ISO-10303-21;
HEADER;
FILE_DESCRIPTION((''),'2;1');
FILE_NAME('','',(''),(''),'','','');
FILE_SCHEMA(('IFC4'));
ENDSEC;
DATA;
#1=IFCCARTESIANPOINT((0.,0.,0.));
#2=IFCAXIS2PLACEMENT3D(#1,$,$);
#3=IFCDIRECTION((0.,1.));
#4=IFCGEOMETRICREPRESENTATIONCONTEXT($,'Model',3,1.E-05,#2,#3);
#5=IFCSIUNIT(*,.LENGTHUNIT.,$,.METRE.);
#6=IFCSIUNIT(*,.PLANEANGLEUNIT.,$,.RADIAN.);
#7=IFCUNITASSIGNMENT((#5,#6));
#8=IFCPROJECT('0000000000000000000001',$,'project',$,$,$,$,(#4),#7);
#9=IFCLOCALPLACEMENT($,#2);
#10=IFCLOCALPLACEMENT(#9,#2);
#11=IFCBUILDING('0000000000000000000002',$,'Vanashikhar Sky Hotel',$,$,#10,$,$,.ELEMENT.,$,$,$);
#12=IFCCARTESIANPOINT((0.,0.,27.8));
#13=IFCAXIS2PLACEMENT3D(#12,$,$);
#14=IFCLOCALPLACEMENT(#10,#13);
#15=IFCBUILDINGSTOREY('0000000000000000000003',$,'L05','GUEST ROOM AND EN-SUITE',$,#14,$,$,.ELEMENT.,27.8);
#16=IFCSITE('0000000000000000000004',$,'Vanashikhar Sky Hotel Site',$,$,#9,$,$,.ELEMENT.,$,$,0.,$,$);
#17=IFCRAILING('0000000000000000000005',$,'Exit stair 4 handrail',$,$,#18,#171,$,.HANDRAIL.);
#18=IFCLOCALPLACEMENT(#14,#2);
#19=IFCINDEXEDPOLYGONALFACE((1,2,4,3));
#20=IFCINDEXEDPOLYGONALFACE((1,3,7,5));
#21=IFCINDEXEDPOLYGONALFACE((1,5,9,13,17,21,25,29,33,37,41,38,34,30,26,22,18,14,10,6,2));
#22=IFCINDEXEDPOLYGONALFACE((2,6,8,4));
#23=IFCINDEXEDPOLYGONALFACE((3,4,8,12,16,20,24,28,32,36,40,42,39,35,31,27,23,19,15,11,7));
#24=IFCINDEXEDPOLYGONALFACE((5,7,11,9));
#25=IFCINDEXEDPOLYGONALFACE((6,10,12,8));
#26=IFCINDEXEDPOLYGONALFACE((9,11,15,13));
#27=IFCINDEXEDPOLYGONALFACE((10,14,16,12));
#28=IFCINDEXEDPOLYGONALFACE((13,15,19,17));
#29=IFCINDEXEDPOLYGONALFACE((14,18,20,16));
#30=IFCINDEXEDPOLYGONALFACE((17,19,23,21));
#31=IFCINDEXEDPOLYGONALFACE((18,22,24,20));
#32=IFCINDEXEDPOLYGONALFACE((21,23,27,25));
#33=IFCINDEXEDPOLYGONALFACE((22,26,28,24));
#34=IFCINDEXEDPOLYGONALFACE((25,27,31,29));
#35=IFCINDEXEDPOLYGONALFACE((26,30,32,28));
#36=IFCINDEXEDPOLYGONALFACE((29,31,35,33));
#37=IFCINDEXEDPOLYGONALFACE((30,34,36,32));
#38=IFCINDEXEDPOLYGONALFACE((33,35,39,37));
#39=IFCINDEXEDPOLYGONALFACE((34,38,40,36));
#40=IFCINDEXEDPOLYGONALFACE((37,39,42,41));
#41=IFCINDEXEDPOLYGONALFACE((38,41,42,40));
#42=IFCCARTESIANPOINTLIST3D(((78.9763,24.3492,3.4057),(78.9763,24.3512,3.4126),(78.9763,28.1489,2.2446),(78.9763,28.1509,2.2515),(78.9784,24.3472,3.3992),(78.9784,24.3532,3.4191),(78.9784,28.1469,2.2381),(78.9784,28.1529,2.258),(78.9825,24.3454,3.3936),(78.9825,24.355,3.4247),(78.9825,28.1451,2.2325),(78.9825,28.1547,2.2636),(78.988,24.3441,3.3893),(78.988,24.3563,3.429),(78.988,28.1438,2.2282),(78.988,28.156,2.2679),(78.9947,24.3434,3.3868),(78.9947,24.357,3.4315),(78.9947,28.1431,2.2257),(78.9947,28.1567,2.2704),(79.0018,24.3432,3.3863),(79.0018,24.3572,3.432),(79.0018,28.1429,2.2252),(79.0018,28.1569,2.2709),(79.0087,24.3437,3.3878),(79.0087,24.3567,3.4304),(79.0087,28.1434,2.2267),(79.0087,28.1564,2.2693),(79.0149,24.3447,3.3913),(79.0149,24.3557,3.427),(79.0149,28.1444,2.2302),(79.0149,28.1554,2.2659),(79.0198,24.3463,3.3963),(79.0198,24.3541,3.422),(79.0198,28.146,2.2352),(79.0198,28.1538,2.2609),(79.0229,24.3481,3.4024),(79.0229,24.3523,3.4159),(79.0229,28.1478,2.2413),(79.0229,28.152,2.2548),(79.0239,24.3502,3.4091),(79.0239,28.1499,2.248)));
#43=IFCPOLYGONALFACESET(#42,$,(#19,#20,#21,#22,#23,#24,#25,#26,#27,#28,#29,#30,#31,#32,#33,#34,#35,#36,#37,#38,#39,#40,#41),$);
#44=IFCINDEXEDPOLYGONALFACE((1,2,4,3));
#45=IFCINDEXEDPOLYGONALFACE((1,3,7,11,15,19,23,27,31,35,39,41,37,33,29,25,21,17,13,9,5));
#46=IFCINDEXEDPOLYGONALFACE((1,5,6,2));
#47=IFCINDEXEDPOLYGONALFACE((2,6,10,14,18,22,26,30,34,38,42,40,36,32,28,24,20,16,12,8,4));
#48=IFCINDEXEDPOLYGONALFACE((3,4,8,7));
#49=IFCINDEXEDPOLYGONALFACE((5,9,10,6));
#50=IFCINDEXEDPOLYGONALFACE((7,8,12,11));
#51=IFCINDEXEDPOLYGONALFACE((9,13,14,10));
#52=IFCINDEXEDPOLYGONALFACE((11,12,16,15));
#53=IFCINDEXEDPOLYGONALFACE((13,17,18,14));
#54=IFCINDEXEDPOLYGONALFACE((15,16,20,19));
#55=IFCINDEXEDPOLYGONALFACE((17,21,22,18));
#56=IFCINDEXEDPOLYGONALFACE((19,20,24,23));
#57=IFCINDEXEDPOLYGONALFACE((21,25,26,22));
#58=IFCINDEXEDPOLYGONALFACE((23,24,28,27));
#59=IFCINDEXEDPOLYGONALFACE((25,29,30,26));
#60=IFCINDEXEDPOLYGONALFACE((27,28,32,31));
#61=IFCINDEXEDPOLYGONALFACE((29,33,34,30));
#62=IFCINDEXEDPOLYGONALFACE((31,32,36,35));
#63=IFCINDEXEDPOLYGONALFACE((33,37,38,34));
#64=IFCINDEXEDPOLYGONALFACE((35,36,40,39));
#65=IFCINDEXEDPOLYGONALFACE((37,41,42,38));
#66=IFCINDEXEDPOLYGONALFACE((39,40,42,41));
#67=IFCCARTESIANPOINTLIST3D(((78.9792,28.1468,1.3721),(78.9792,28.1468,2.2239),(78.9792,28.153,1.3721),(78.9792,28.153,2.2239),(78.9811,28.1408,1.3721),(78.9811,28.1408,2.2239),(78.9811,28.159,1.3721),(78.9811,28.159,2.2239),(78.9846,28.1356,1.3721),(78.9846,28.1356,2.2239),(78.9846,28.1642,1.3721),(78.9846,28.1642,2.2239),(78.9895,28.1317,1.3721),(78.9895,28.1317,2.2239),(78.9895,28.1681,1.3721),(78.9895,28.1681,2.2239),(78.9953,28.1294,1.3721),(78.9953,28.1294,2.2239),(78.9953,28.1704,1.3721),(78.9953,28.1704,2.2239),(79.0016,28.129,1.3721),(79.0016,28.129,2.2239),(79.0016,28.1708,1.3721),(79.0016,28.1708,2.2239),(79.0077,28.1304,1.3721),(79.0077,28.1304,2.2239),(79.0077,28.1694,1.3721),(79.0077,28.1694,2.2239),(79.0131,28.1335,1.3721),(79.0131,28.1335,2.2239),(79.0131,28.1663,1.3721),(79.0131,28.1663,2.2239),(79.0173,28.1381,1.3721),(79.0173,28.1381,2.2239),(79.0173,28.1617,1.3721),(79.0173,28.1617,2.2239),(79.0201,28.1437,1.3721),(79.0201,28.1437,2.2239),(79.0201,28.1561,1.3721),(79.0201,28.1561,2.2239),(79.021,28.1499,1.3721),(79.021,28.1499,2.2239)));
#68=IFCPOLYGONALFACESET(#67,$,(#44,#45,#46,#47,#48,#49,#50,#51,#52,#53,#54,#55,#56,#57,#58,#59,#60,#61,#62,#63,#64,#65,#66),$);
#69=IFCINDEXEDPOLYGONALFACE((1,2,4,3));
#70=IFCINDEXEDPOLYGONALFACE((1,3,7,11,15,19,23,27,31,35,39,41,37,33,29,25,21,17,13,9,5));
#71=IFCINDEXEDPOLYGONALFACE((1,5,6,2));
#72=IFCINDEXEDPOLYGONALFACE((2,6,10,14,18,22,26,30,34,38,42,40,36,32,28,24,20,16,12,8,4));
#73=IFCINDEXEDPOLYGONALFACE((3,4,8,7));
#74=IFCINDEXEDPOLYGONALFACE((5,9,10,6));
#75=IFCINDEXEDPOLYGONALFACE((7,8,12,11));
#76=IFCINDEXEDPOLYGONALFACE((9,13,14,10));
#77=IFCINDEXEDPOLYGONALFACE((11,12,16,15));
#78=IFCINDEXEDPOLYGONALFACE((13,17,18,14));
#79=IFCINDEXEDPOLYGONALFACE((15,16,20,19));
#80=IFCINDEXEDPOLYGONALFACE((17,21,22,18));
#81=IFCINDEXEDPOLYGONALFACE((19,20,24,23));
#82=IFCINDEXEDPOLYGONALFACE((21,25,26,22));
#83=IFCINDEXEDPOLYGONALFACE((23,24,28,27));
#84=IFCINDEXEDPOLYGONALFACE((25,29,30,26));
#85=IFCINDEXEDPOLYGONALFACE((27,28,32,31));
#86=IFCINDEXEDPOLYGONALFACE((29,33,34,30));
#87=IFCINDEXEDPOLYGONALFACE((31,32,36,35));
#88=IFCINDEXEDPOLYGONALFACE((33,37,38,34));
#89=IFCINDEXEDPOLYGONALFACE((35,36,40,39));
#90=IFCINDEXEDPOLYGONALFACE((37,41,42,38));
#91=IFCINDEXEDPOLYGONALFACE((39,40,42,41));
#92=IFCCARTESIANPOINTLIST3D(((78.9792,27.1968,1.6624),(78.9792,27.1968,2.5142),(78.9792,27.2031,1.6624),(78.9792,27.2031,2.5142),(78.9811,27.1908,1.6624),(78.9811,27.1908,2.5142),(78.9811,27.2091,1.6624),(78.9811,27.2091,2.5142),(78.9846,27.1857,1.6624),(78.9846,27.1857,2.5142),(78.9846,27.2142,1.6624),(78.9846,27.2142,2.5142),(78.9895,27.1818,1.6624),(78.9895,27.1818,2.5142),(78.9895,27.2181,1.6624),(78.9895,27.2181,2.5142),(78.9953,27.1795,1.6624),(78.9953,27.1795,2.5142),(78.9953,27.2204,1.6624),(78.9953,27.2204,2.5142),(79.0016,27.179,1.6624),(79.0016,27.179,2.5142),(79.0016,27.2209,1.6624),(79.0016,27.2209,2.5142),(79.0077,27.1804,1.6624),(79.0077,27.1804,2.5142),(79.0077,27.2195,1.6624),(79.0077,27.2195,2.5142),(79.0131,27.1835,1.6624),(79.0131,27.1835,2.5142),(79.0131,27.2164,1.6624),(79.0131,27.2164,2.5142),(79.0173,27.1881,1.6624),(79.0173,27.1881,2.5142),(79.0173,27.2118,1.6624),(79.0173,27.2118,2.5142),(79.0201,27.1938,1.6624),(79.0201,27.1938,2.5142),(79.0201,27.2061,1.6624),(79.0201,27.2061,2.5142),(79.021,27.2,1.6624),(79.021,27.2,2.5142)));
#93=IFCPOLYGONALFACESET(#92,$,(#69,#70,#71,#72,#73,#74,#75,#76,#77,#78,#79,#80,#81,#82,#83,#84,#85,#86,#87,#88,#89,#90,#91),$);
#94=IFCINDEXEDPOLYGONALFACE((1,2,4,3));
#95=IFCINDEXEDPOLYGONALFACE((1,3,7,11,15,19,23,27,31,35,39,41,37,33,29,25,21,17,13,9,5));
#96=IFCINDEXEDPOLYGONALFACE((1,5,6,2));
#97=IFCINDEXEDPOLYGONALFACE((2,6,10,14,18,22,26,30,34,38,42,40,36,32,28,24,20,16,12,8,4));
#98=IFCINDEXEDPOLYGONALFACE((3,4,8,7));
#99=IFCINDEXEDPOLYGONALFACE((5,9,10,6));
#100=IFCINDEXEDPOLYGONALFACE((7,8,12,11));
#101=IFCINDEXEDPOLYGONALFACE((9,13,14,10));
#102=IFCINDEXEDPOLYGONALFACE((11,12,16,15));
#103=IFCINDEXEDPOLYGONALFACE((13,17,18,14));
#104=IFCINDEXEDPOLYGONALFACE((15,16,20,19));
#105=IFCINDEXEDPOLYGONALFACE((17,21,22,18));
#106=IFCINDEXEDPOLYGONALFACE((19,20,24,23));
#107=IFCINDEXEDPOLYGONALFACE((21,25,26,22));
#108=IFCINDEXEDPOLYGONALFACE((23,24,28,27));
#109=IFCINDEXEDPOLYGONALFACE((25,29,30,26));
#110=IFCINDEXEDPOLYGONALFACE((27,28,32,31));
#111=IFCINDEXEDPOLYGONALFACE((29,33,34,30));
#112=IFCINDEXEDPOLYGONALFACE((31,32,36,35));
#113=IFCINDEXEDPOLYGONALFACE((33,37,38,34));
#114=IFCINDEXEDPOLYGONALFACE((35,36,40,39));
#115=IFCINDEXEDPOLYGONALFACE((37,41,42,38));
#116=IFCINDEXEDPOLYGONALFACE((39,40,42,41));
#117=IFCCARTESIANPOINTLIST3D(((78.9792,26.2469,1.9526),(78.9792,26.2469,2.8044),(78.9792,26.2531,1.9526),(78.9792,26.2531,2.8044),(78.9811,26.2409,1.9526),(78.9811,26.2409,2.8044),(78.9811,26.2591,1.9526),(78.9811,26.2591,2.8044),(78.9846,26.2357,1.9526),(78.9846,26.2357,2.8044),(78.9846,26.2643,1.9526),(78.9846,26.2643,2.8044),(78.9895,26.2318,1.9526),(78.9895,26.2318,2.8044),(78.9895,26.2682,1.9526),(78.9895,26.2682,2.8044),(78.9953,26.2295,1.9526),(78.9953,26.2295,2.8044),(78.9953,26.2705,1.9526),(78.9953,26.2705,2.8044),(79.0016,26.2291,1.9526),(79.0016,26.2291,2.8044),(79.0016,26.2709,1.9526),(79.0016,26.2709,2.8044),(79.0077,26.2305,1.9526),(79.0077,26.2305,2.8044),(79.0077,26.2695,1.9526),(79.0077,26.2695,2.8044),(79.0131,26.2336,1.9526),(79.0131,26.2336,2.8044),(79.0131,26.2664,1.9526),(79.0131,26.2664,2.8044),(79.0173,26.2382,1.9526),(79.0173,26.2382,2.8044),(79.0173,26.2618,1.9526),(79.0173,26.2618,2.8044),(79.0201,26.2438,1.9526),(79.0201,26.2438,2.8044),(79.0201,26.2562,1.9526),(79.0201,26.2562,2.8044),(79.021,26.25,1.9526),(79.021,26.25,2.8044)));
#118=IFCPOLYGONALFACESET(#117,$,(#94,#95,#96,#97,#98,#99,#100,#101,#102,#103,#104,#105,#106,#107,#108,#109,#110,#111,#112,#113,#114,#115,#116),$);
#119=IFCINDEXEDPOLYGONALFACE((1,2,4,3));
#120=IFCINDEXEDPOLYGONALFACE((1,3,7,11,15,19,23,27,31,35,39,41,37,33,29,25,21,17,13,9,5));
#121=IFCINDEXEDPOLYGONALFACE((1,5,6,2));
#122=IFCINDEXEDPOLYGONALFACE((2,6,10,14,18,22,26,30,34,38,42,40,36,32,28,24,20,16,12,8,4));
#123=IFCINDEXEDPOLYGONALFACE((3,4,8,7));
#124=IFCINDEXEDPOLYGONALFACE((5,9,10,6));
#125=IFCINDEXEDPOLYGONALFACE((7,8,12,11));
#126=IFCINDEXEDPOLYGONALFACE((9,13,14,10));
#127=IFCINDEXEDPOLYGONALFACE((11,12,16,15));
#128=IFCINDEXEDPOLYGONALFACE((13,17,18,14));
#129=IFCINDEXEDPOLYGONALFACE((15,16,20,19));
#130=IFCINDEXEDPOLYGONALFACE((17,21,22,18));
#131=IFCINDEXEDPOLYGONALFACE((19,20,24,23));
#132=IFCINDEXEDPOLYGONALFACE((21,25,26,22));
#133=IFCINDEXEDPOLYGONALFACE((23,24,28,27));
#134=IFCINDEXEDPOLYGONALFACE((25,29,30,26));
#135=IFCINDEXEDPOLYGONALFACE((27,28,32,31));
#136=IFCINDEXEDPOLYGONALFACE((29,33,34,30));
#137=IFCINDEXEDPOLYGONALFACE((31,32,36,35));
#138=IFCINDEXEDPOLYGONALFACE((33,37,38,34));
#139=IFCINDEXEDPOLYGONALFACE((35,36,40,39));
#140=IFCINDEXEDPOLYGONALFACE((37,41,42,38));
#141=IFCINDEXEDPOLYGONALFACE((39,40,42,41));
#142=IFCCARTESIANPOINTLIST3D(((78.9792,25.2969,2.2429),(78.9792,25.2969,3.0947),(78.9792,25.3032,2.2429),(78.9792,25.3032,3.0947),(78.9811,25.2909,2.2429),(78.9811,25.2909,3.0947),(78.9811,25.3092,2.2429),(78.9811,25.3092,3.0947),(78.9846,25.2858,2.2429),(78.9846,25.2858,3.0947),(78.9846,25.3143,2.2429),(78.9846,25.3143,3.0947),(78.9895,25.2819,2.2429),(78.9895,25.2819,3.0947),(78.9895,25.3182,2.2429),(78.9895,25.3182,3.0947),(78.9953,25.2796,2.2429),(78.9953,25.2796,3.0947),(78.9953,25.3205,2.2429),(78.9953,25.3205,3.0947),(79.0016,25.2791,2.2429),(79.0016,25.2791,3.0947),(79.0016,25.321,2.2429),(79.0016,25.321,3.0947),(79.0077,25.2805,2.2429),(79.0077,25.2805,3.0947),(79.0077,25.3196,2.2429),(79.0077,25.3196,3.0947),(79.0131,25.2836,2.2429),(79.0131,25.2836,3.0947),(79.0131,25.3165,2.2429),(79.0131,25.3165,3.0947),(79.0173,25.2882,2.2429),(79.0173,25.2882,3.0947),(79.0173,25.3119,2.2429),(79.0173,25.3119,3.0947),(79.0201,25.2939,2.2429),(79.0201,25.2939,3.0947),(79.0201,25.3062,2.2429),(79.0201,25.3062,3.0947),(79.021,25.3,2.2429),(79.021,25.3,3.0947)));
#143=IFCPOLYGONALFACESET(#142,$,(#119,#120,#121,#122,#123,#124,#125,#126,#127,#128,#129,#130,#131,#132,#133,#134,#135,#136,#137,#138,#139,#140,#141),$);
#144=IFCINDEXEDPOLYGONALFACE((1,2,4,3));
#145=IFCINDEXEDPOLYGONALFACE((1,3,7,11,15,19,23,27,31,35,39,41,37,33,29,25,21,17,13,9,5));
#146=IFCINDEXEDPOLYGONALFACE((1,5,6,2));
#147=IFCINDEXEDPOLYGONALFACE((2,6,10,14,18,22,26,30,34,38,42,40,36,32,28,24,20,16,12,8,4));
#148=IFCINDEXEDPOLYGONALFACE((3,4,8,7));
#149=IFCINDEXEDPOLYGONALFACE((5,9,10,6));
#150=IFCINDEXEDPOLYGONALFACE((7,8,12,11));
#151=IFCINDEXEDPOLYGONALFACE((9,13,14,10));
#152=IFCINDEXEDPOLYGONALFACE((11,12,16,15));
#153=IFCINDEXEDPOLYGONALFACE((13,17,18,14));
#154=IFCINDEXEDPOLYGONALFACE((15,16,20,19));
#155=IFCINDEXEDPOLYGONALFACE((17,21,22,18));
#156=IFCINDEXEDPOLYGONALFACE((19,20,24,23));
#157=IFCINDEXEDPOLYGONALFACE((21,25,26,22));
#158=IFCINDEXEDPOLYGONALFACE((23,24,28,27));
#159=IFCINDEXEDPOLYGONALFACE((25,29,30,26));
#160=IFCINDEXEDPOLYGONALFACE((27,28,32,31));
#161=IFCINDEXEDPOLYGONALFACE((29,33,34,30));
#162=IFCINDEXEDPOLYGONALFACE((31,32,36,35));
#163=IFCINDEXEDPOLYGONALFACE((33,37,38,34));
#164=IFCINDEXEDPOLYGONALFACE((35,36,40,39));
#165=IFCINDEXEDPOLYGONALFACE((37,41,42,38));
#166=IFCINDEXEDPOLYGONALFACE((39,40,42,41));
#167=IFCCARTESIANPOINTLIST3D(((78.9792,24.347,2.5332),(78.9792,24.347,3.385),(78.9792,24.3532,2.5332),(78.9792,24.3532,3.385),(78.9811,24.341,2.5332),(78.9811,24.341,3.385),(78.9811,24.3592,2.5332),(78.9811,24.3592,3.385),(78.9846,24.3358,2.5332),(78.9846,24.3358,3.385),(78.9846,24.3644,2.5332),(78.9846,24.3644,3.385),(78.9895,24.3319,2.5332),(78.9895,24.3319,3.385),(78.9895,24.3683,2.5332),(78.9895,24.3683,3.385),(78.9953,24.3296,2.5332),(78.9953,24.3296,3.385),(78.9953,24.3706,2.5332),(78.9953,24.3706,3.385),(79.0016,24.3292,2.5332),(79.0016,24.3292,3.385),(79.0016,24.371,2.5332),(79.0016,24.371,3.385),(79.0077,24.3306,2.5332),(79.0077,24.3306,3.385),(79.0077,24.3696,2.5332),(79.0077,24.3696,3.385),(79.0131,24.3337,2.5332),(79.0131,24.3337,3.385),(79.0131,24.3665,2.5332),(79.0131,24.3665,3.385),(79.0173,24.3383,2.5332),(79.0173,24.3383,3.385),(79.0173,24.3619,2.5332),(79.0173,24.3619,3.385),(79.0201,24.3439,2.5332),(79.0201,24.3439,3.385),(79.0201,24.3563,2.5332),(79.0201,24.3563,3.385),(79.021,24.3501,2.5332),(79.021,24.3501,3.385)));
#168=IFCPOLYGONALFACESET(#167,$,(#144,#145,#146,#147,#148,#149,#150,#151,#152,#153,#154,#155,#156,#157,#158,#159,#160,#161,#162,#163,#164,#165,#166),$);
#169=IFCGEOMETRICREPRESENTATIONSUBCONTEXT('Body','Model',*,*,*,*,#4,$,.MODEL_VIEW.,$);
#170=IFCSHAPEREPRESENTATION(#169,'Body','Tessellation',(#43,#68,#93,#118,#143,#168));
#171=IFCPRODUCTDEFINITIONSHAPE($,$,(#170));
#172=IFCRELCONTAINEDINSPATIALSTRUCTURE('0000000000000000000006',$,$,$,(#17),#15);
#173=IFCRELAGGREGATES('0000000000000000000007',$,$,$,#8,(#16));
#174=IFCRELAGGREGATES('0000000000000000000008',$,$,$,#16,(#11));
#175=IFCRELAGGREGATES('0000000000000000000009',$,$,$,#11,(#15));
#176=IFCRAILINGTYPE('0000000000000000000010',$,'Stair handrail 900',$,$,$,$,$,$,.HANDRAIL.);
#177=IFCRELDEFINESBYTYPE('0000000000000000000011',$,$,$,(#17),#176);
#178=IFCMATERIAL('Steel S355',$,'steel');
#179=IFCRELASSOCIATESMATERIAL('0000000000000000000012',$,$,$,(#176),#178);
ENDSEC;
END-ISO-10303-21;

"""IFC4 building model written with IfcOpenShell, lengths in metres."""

from ifc_helpers import new_model, si_unit, direction, frame, origin, origin_2d, place, context, subcontext, project, spatial, circle, extrude, source, transform, mapped, material, type_object, element, save


model = new_model("IFC4")

# Units and contexts
model_context = context("Model", 3, precision=1e-05, world=origin(), true_north=direction((0.0, 1.0)))
body_context = subcontext(model_context, "Body", "Model", "MODEL_VIEW")
ifc_project = project(units=[si_unit("LENGTHUNIT", "METRE"), si_unit("PLANEANGLEUNIT", "RADIAN")], contexts=[model_context])

# Site, building, storey
site_placement = place(None, origin())
site = spatial("IfcSite", under=ifc_project, at=site_placement, Name="Vanashikhar Sky Hotel Site", CompositionType="ELEMENT", RefElevation=0.0)
building_placement = place(site_placement, origin())
building = spatial("IfcBuilding", under=site, at=building_placement, Name="Vanashikhar Sky Hotel", CompositionType="ELEMENT")
storey_placement = place(building_placement, frame((0.0, 0.0, 27.8)))
storey = spatial("IfcBuildingStorey", under=building, at=storey_placement, Name="L05", Description="GUEST ROOM AND EN-SUITE", CompositionType="ELEMENT", Elevation=27.8)

# Railing
ifc_material_1 = material(Name="Steel S355", Category="steel")
railing_type = type_object("IfcRailingType", Name="Stair handrail 900", PredefinedType="HANDRAIL", material=ifc_material_1)
shared_shape_1 = source(origin(), body_context, "Body", "SweptSolid", [
    extrude(circle(Radius=0.0239, at=origin_2d()), frame((0.0, 0.0, 0.876), z_axis=(0.0, -0.956346, 0.292237), x_axis=(1.0, 0.0, 0.0)), (0.0, 0.0, 1.0), 3.9731),
    extrude(circle(Radius=0.021, at=origin_2d()), origin(), (0.0, 0.0, 1.0), 0.8518),
    extrude(circle(Radius=0.021, at=origin_2d()), frame((0.0, -0.95, 0.2903)), (0.0, 0.0, 1.0), 0.8518),
    extrude(circle(Radius=0.021, at=origin_2d()), frame((0.0, -1.8999, 0.5806)), (0.0, 0.0, 1.0), 0.8518),
    extrude(circle(Radius=0.021, at=origin_2d()), frame((0.0, -2.8499, 0.8708)), (0.0, 0.0, 1.0), 0.8518),
    extrude(circle(Radius=0.021, at=origin_2d()), frame((0.0, -3.7998, 1.1611)), (0.0, 0.0, 1.0), 0.8518),
])
railing_placement = place(storey_placement, frame((79.0, 28.1499, 1.3721)))
element("IfcRailing", 1, at=railing_placement, inside=storey, type_object=railing_type, Name="Exit stair 4 handrail", PredefinedType="HANDRAIL", context=body_context, shape_type="MappedRepresentation", body=[
    mapped(shared_shape_1, transform((0.0, 0.0, 0.0), scale=1.0)),
])

save(model, "model.ifc")
